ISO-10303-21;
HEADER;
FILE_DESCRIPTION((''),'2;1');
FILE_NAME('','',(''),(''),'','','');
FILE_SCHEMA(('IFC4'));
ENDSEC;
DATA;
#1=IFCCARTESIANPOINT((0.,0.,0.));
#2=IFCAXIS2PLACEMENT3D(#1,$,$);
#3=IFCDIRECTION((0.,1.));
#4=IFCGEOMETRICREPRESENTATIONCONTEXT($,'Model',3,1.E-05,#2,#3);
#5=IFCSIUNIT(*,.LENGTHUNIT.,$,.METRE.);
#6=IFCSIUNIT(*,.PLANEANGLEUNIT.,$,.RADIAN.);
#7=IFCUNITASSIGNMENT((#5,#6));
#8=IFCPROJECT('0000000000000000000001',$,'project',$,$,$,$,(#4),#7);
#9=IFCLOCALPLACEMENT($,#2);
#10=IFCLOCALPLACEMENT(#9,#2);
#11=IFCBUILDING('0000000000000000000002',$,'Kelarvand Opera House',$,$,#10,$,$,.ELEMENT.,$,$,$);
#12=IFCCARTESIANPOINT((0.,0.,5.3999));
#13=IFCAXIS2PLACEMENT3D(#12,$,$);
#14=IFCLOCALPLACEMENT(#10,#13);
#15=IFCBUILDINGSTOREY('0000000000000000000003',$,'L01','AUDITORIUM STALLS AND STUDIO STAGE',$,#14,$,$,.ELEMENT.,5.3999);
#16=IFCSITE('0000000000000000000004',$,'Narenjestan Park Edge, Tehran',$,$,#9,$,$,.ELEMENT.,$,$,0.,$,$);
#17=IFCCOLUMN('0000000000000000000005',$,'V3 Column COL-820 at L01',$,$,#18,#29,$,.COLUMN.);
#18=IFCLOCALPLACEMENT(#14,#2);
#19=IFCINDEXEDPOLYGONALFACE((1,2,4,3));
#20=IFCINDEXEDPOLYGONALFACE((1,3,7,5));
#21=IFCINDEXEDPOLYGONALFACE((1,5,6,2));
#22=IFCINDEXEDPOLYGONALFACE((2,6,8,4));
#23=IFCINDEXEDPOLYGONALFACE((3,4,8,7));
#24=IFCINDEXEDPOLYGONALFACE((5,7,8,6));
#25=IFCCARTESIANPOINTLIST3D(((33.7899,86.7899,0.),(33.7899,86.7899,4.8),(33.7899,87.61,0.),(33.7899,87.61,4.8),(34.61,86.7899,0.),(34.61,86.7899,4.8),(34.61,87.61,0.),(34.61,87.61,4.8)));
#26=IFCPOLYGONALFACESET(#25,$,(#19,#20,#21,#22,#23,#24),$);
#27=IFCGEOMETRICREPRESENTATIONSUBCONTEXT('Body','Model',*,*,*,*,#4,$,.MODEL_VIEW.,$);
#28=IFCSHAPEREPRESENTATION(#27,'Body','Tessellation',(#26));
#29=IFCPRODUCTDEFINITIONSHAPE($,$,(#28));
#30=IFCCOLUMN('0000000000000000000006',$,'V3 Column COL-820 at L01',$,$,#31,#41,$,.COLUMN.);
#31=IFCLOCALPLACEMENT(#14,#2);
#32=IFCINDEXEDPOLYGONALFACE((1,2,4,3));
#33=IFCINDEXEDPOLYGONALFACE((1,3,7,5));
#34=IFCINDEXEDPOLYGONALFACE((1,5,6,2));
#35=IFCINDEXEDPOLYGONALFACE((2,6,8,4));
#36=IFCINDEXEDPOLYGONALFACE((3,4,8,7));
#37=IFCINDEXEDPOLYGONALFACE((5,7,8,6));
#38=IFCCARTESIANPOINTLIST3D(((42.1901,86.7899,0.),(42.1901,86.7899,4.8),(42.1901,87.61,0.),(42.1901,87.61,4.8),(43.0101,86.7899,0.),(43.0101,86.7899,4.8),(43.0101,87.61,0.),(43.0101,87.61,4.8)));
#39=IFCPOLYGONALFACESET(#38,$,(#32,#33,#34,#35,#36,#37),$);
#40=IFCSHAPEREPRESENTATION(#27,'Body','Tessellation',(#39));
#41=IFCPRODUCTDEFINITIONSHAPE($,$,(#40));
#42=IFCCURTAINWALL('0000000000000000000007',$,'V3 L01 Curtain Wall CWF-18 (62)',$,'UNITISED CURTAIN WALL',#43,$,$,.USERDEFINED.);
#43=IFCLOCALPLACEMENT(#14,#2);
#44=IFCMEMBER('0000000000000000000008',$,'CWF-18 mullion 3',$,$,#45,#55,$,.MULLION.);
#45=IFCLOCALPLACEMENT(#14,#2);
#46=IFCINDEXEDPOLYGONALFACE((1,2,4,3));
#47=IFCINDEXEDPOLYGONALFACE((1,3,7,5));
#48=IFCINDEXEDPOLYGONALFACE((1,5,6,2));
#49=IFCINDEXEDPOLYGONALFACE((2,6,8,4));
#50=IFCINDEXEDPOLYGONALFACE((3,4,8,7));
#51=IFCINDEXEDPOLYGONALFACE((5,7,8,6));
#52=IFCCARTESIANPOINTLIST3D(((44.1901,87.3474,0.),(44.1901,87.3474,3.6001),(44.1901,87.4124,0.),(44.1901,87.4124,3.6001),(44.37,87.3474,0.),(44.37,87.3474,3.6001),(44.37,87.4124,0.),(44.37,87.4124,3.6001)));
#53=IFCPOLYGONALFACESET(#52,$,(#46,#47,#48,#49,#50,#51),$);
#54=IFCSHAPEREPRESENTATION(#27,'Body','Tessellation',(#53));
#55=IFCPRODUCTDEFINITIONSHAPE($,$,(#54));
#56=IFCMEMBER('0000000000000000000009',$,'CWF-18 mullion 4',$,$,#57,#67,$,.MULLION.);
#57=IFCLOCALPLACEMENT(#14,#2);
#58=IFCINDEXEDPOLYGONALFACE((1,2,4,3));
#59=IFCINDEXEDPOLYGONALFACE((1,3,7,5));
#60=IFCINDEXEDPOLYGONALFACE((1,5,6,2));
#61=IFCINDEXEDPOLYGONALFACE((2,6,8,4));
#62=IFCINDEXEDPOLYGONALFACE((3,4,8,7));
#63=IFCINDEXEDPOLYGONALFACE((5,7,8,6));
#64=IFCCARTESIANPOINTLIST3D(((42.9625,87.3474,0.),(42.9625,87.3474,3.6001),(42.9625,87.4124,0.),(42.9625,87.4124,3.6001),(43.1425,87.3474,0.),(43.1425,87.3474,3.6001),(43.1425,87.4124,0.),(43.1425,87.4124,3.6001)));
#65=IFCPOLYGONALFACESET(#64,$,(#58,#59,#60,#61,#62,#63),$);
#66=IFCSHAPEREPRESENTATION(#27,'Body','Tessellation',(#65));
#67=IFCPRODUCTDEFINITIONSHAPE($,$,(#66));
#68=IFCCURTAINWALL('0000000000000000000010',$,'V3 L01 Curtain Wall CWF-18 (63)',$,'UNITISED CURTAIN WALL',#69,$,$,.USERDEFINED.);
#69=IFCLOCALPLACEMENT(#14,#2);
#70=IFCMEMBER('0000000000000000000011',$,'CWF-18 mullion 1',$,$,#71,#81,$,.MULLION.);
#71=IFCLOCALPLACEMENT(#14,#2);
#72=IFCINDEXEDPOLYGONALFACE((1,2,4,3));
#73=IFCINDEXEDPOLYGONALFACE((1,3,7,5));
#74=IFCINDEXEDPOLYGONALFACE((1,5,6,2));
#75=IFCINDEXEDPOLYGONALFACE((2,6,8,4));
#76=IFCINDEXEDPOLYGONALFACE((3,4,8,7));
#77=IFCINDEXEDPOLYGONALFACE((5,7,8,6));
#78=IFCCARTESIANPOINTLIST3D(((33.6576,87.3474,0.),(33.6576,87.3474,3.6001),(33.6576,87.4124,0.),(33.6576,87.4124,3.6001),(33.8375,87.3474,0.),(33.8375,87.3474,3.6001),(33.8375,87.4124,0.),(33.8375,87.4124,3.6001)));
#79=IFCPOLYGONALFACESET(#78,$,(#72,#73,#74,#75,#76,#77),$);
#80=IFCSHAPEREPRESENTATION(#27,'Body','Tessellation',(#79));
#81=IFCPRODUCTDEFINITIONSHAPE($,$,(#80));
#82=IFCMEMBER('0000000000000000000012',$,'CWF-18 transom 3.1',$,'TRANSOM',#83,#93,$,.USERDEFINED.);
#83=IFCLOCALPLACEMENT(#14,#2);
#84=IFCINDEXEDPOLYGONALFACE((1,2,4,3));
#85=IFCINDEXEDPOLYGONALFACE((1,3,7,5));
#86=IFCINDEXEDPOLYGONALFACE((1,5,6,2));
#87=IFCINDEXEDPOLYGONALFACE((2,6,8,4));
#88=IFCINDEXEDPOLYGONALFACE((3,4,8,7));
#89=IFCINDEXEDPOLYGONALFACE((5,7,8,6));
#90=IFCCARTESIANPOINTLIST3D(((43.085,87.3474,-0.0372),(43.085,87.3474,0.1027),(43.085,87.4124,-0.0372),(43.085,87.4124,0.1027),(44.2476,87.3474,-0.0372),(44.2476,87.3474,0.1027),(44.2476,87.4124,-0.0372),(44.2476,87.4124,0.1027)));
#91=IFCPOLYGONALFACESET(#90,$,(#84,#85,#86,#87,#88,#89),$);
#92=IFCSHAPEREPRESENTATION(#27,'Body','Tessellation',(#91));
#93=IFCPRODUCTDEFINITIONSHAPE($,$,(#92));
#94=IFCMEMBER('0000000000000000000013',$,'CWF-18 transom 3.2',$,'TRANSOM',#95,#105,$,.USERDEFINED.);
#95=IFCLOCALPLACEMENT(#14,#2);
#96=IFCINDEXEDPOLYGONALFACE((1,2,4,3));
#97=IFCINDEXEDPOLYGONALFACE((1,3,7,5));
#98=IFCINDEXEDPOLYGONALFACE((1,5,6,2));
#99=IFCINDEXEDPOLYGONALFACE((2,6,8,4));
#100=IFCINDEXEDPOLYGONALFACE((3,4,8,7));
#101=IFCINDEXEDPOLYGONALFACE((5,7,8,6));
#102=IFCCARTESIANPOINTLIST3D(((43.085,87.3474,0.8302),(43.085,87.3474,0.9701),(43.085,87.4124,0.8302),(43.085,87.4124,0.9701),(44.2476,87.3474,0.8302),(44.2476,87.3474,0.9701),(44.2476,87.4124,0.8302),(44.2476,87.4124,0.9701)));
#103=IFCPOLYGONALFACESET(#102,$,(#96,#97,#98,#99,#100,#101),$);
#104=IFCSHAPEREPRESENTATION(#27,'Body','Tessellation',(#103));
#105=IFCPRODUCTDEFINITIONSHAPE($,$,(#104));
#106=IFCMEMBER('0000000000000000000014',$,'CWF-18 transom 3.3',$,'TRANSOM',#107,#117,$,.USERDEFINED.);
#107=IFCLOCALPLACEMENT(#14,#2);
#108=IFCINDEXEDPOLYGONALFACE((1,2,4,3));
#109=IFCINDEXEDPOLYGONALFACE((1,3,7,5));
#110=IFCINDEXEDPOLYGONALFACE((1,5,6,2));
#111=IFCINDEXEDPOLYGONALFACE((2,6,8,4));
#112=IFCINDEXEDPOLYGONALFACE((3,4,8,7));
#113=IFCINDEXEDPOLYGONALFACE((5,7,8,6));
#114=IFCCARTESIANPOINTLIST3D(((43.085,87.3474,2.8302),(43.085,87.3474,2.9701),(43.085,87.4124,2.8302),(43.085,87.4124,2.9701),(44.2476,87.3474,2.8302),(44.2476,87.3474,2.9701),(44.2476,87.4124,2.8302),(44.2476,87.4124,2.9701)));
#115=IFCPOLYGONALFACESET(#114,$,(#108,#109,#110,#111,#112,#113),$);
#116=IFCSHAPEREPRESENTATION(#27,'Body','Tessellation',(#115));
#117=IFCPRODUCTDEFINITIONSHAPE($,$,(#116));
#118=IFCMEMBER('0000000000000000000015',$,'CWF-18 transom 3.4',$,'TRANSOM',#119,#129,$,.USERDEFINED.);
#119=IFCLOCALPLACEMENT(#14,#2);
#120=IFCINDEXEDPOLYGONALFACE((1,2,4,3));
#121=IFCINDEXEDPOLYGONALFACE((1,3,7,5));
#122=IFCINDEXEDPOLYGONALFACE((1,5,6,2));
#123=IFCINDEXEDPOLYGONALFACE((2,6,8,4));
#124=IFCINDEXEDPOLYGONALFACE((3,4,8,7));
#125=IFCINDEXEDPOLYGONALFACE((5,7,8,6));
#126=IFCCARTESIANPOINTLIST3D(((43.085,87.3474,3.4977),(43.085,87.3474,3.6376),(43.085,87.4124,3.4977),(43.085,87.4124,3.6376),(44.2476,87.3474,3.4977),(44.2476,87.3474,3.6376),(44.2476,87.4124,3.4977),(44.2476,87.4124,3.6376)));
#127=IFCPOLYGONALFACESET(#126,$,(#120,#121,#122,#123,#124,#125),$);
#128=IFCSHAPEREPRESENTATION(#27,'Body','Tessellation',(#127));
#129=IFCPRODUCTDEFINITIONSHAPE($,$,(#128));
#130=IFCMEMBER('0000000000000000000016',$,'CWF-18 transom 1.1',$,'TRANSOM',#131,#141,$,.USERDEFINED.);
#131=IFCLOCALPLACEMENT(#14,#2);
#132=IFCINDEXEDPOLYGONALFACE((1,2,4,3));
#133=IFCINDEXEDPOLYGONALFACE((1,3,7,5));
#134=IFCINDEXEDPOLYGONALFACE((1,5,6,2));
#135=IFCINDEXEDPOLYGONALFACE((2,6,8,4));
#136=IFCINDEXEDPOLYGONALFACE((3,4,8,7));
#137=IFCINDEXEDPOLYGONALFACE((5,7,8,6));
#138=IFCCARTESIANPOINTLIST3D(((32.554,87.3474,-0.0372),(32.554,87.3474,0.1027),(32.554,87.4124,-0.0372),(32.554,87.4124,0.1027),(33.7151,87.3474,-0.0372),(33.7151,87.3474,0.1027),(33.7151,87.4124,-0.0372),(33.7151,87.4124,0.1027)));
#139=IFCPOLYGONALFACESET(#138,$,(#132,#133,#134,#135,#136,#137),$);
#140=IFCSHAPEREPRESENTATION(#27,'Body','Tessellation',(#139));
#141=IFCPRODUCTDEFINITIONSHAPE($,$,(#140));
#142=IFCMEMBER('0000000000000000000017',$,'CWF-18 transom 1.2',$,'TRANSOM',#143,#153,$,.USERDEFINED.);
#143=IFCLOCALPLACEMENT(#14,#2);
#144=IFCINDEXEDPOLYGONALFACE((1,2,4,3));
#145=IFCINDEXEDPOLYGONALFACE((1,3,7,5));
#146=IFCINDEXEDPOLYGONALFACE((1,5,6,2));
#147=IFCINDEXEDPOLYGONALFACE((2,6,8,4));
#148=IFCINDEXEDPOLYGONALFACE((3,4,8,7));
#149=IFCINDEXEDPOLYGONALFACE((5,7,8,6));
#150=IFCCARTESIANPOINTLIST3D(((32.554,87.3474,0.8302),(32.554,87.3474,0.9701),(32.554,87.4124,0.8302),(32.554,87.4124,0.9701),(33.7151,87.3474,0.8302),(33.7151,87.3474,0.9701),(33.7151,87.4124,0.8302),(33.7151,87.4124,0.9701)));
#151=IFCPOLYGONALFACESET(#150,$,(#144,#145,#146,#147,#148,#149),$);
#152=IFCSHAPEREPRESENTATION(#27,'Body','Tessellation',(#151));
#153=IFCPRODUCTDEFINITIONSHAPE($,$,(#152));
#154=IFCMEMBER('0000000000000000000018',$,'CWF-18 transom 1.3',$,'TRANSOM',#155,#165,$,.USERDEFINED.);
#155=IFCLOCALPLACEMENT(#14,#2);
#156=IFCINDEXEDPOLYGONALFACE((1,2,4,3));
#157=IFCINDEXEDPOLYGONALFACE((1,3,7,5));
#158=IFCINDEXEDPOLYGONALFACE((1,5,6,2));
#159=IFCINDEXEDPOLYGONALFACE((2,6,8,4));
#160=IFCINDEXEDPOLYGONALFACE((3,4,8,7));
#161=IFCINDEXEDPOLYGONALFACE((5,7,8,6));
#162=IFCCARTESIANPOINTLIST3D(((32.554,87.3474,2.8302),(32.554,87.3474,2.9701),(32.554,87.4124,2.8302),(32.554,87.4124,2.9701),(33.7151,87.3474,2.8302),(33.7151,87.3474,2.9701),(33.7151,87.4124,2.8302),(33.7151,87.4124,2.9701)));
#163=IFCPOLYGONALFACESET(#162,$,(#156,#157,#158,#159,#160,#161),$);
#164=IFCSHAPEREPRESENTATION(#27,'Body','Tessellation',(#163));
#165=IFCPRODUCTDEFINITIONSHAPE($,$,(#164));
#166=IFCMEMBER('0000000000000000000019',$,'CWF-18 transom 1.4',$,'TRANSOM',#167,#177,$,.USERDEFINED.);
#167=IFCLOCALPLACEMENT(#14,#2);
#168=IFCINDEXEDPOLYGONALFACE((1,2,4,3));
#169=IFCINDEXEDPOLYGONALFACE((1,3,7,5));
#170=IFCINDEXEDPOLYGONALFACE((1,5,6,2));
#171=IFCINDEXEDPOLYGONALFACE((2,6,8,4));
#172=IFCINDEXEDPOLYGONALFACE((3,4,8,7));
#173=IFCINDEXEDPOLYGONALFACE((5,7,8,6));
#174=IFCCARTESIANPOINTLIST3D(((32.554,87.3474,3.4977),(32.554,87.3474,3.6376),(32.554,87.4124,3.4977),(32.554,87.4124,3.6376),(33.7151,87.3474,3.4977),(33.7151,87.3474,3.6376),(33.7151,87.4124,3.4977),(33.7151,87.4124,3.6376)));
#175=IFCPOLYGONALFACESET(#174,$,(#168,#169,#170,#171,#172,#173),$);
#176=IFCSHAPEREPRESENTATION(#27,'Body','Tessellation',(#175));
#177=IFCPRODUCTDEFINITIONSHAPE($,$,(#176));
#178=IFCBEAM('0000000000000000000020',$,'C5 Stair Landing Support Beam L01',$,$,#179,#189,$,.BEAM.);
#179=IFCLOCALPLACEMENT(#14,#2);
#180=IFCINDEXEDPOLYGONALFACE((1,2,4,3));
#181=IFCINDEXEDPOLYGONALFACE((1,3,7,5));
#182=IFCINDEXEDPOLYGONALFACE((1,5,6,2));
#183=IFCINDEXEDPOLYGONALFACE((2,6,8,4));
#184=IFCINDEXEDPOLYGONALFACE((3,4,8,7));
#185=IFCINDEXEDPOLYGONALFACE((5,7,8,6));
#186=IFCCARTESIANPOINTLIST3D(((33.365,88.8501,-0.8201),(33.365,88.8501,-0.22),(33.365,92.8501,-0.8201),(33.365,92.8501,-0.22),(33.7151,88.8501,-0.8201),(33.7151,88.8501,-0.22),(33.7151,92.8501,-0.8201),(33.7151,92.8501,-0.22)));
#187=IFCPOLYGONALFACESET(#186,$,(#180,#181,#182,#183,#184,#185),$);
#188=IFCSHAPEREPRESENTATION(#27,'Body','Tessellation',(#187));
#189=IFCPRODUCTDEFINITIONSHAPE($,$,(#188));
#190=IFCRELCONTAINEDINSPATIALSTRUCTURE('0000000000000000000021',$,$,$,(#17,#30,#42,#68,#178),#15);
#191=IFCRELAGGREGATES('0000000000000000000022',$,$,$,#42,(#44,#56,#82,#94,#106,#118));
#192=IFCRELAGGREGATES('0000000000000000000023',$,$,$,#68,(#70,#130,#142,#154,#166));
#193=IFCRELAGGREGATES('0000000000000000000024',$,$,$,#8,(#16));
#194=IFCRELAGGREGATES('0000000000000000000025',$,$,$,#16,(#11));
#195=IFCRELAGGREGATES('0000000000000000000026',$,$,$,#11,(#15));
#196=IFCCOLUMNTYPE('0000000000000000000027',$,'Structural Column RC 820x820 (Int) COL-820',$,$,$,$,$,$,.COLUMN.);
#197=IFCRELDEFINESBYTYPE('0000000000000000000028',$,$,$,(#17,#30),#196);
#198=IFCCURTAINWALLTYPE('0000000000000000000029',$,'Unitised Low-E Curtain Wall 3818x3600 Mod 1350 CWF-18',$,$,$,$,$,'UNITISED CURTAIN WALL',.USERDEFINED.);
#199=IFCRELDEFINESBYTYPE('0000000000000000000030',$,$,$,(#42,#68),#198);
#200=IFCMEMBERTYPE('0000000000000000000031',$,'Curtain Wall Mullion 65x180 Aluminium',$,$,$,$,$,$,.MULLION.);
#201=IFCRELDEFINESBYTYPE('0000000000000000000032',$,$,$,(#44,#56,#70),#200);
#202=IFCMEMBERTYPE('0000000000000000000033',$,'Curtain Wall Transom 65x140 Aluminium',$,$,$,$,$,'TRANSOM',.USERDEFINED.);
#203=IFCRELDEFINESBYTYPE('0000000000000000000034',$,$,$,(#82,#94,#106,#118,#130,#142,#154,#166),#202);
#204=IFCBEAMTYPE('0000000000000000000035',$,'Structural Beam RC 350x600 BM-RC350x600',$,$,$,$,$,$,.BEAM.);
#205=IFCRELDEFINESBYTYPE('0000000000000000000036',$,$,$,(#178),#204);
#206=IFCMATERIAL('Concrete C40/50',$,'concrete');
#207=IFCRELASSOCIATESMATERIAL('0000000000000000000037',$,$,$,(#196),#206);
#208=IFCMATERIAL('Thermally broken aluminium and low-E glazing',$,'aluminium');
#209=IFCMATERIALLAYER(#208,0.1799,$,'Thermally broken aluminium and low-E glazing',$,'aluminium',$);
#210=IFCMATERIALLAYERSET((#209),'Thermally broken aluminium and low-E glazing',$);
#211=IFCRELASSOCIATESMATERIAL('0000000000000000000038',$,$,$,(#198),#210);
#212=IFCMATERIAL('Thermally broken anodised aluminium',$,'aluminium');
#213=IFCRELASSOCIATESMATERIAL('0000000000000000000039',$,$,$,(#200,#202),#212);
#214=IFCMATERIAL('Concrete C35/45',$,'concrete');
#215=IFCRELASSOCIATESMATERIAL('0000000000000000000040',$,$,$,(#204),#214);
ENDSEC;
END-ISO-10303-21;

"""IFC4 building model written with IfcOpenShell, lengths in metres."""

from ifc_helpers import new_model, si_unit, direction, frame, origin, origin_2d, place, context, subcontext, project, spatial, rectangle, extrude, material, layer, layer_set, material_profile, profile_set, type_object, element, aggregate, save


model = new_model("IFC4")

# Units and contexts
model_context = context("Model", 3, precision=1e-05, world=origin(), true_north=direction((0.0, 1.0)))
body_context = subcontext(model_context, "Body", "Model", "MODEL_VIEW")
ifc_project = project(units=[si_unit("LENGTHUNIT", "METRE"), si_unit("PLANEANGLEUNIT", "RADIAN")], contexts=[model_context])

# Site, building, storey
site_placement = place(None, origin())
site = spatial("IfcSite", under=ifc_project, at=site_placement, Name="Narenjestan Park Edge, Tehran", CompositionType="ELEMENT", RefElevation=0.0)
building_placement = place(site_placement, origin())
building = spatial("IfcBuilding", under=site, at=building_placement, Name="Kelarvand Opera House", CompositionType="ELEMENT")
storey_placement = place(building_placement, frame((0.0, 0.0, 5.3999)))
storey = spatial("IfcBuildingStorey", under=building, at=storey_placement, Name="L01", Description="AUDITORIUM STALLS AND STUDIO STAGE", CompositionType="ELEMENT", Elevation=5.3999)

# Columns
ifc_material_1 = material(Name="Concrete C40/50", Category="concrete")
ifc_material_profile_1 = material_profile(ifc_material_1, rectangle(XDim=0.8201, YDim=0.8201, at=origin_2d()), Name="RC 820x820", Category="concrete")
ifc_profile_set_1 = profile_set([ifc_material_profile_1], Name="Concrete C40/50")
column_type = type_object("IfcColumnType", Name="Structural Column RC 820x820 (Int) COL-820", PredefinedType="COLUMN", material=ifc_profile_set_1)
for number, where, z_axis, x_axis, name in (
    (1, (34.2, 87.2, 0.0), (0.0, 0.0, 1.0), (1.0, 0.0, 0.0), "V3 Column COL-820 at L01"),
    (2, (42.6001, 87.2, 0.0), (0.0, 0.0, 1.0), (1.0, 0.0, 0.0), "V3 Column COL-820 at L01"),
):
    element("IfcColumn", number, at=place(storey_placement, frame(where, z_axis=z_axis, x_axis=x_axis)), inside=storey, type_object=column_type, Name=name, PredefinedType="COLUMN", context=body_context, shape_type="SweptSolid", body=[
        extrude(rectangle(XDim=0.8201, YDim=0.8201, at=origin_2d()), origin(), (0.0, 0.0, 1.0), 4.8),
    ])

# Curtain wall, members
ifc_material_2 = material(Name="Thermally broken aluminium and low-E glazing", Category="aluminium")
ifc_layer_1 = layer(ifc_material_2, 0.1799, Name="Thermally broken aluminium and low-E glazing", Category="aluminium")
ifc_layer_set_1 = layer_set([ifc_layer_1], Name="Thermally broken aluminium and low-E glazing")
curtain_wall_type = type_object("IfcCurtainWallType", Name="Unitised Low-E Curtain Wall 3818x3600 Mod 1350 CWF-18", ElementType="UNITISED CURTAIN WALL", PredefinedType="USERDEFINED", material=ifc_layer_set_1)
curtain_wall_1_placement = place(storey_placement, origin())
curtain_wall_1 = element("IfcCurtainWall", 3, at=curtain_wall_1_placement, inside=storey, type_object=curtain_wall_type, Name="V3 L01 Curtain Wall CWF-18 (62)", ObjectType="UNITISED CURTAIN WALL", PredefinedType="USERDEFINED")
ifc_material_3 = material(Name="Thermally broken anodised aluminium", Category="aluminium")
ifc_material_profile_2 = material_profile(ifc_material_3, rectangle(XDim=0.0649, YDim=0.1799, at=origin_2d()), Name="ALU MULLION 65x180", Category="aluminium")
ifc_profile_set_2 = profile_set([ifc_material_profile_2], Name="Thermally broken anodised aluminium")
member_type_1 = type_object("IfcMemberType", Name="Curtain Wall Mullion 65x180 Aluminium", PredefinedType="MULLION", material=ifc_profile_set_2)
member_1_placement = place(storey_placement, frame((44.28, 87.3799, 0.0), z_axis=(0.0, 0.0, 1.0), x_axis=(0.0, -1.0, 0.0)))
member_1 = element("IfcMember", 4, at=member_1_placement, type_object=member_type_1, Name="CWF-18 mullion 3", PredefinedType="MULLION", context=body_context, shape_type="SweptSolid", body=[
    extrude(rectangle(XDim=0.0649, YDim=0.1799, at=origin_2d()), origin(), (0.0, 0.0, 1.0), 3.6001),
])
member_2_placement = place(storey_placement, frame((43.0525, 87.3799, 0.0), z_axis=(0.0, 0.0, 1.0), x_axis=(0.0, -1.0, 0.0)))
member_2 = element("IfcMember", 5, at=member_2_placement, type_object=member_type_1, Name="CWF-18 mullion 4", PredefinedType="MULLION", context=body_context, shape_type="SweptSolid", body=[
    extrude(rectangle(XDim=0.0649, YDim=0.1799, at=origin_2d()), origin(), (0.0, 0.0, 1.0), 3.6001),
])

# Curtain wall, member
curtain_wall_2_placement = place(storey_placement, origin())
curtain_wall_2 = element("IfcCurtainWall", 6, at=curtain_wall_2_placement, inside=storey, type_object=curtain_wall_type, Name="V3 L01 Curtain Wall CWF-18 (63)", ObjectType="UNITISED CURTAIN WALL", PredefinedType="USERDEFINED")
member_3_placement = place(storey_placement, frame((33.7476, 87.3799, 0.0), z_axis=(0.0, 0.0, 1.0), x_axis=(0.0, -1.0, 0.0)))
member_3 = element("IfcMember", 7, at=member_3_placement, type_object=member_type_1, Name="CWF-18 mullion 1", PredefinedType="MULLION", context=body_context, shape_type="SweptSolid", body=[
    extrude(rectangle(XDim=0.0649, YDim=0.1799, at=origin_2d()), origin(), (0.0, 0.0, 1.0), 3.6001),
])

# Members
ifc_material_profile_3 = material_profile(ifc_material_3, rectangle(XDim=0.0649, YDim=0.1399, at=origin_2d()), Name="ALU TRANSOM 65x140", Category="aluminium")
ifc_profile_set_3 = profile_set([ifc_material_profile_3], Name="Thermally broken anodised aluminium")
member_type_2 = type_object("IfcMemberType", Name="Curtain Wall Transom 65x140 Aluminium", ElementType="TRANSOM", PredefinedType="USERDEFINED", material=ifc_profile_set_3)
member_4_placement = place(storey_placement, frame((44.2476, 87.3799, 0.0327), z_axis=(-1.0, 0.0, 0.0), x_axis=(0.0, -1.0, 0.0)))
member_4 = element("IfcMember", 8, at=member_4_placement, type_object=member_type_2, Name="CWF-18 transom 3.1", ObjectType="TRANSOM", PredefinedType="USERDEFINED", context=body_context, shape_type="SweptSolid", body=[
    extrude(rectangle(XDim=0.0649, YDim=0.1399, at=origin_2d()), origin(), (0.0, 0.0, 1.0), 1.1626),
])
member_5_placement = place(storey_placement, frame((44.2476, 87.3799, 0.9001), z_axis=(-1.0, 0.0, 0.0), x_axis=(0.0, -1.0, 0.0)))
member_5 = element("IfcMember", 9, at=member_5_placement, type_object=member_type_2, Name="CWF-18 transom 3.2", ObjectType="TRANSOM", PredefinedType="USERDEFINED", context=body_context, shape_type="SweptSolid", body=[
    extrude(rectangle(XDim=0.0649, YDim=0.1399, at=origin_2d()), origin(), (0.0, 0.0, 1.0), 1.1626),
])
member_6_placement = place(storey_placement, frame((44.2476, 87.3799, 2.9001), z_axis=(-1.0, 0.0, 0.0), x_axis=(0.0, -1.0, 0.0)))
member_6 = element("IfcMember", 10, at=member_6_placement, type_object=member_type_2, Name="CWF-18 transom 3.3", ObjectType="TRANSOM", PredefinedType="USERDEFINED", context=body_context, shape_type="SweptSolid", body=[
    extrude(rectangle(XDim=0.0649, YDim=0.1399, at=origin_2d()), origin(), (0.0, 0.0, 1.0), 1.1626),
])
member_7_placement = place(storey_placement, frame((44.2476, 87.3799, 3.5676), z_axis=(-1.0, 0.0, 0.0), x_axis=(0.0, -1.0, 0.0)))
member_7 = element("IfcMember", 11, at=member_7_placement, type_object=member_type_2, Name="CWF-18 transom 3.4", ObjectType="TRANSOM", PredefinedType="USERDEFINED", context=body_context, shape_type="SweptSolid", body=[
    extrude(rectangle(XDim=0.0649, YDim=0.1399, at=origin_2d()), origin(), (0.0, 0.0, 1.0), 1.1626),
])
member_8_placement = place(storey_placement, frame((33.7151, 87.3799, 0.0327), z_axis=(-1.0, 0.0, 0.0), x_axis=(0.0, -1.0, 0.0)))
member_8 = element("IfcMember", 12, at=member_8_placement, type_object=member_type_2, Name="CWF-18 transom 1.1", ObjectType="TRANSOM", PredefinedType="USERDEFINED", context=body_context, shape_type="SweptSolid", body=[
    extrude(rectangle(XDim=0.0649, YDim=0.1399, at=origin_2d()), origin(), (0.0, 0.0, 1.0), 1.1611),
])
member_9_placement = place(storey_placement, frame((33.7151, 87.3799, 0.9001), z_axis=(-1.0, 0.0, 0.0), x_axis=(0.0, -1.0, 0.0)))
member_9 = element("IfcMember", 13, at=member_9_placement, type_object=member_type_2, Name="CWF-18 transom 1.2", ObjectType="TRANSOM", PredefinedType="USERDEFINED", context=body_context, shape_type="SweptSolid", body=[
    extrude(rectangle(XDim=0.0649, YDim=0.1399, at=origin_2d()), origin(), (0.0, 0.0, 1.0), 1.1611),
])
member_10_placement = place(storey_placement, frame((33.7151, 87.3799, 2.9001), z_axis=(-1.0, 0.0, 0.0), x_axis=(0.0, -1.0, 0.0)))
member_10 = element("IfcMember", 14, at=member_10_placement, type_object=member_type_2, Name="CWF-18 transom 1.3", ObjectType="TRANSOM", PredefinedType="USERDEFINED", context=body_context, shape_type="SweptSolid", body=[
    extrude(rectangle(XDim=0.0649, YDim=0.1399, at=origin_2d()), origin(), (0.0, 0.0, 1.0), 1.1611),
])
member_11_placement = place(storey_placement, frame((33.7151, 87.3799, 3.5676), z_axis=(-1.0, 0.0, 0.0), x_axis=(0.0, -1.0, 0.0)))
member_11 = element("IfcMember", 15, at=member_11_placement, type_object=member_type_2, Name="CWF-18 transom 1.4", ObjectType="TRANSOM", PredefinedType="USERDEFINED", context=body_context, shape_type="SweptSolid", body=[
    extrude(rectangle(XDim=0.0649, YDim=0.1399, at=origin_2d()), origin(), (0.0, 0.0, 1.0), 1.1611),
])

# Beam
ifc_material_4 = material(Name="Concrete C35/45", Category="concrete")
ifc_material_profile_4 = material_profile(ifc_material_4, rectangle(XDim=0.3501, YDim=0.6001, at=origin_2d()), Name="RC 350x600", Category="concrete")
ifc_profile_set_4 = profile_set([ifc_material_profile_4], Name="Concrete C35/45")
beam_type_1 = type_object("IfcBeamType", Name="Structural Beam RC 350x600 BM-RC350x600", PredefinedType="BEAM", material=ifc_profile_set_4)
for number, where, z_axis, x_axis, name in (
    (16, (33.54, 88.8501, -0.52), (0.0, 1.0, 0.0), (-1.0, 0.0, 0.0), "C5 Stair Landing Support Beam L01"),
):
    element("IfcBeam", number, at=place(storey_placement, frame(where, z_axis=z_axis, x_axis=x_axis)), inside=storey, type_object=beam_type_1, Name=name, PredefinedType="BEAM", context=body_context, shape_type="SweptSolid", body=[
        extrude(rectangle(XDim=0.3501, YDim=0.6001, at=origin_2d()), origin(), (0.0, 0.0, 1.0), 4.0),
    ])

aggregate(curtain_wall_1, [member_1, member_2, member_4, member_5, member_6, member_7])
aggregate(curtain_wall_2, [member_3, member_8, member_9, member_10, member_11])

save(model, "model.ifc")
